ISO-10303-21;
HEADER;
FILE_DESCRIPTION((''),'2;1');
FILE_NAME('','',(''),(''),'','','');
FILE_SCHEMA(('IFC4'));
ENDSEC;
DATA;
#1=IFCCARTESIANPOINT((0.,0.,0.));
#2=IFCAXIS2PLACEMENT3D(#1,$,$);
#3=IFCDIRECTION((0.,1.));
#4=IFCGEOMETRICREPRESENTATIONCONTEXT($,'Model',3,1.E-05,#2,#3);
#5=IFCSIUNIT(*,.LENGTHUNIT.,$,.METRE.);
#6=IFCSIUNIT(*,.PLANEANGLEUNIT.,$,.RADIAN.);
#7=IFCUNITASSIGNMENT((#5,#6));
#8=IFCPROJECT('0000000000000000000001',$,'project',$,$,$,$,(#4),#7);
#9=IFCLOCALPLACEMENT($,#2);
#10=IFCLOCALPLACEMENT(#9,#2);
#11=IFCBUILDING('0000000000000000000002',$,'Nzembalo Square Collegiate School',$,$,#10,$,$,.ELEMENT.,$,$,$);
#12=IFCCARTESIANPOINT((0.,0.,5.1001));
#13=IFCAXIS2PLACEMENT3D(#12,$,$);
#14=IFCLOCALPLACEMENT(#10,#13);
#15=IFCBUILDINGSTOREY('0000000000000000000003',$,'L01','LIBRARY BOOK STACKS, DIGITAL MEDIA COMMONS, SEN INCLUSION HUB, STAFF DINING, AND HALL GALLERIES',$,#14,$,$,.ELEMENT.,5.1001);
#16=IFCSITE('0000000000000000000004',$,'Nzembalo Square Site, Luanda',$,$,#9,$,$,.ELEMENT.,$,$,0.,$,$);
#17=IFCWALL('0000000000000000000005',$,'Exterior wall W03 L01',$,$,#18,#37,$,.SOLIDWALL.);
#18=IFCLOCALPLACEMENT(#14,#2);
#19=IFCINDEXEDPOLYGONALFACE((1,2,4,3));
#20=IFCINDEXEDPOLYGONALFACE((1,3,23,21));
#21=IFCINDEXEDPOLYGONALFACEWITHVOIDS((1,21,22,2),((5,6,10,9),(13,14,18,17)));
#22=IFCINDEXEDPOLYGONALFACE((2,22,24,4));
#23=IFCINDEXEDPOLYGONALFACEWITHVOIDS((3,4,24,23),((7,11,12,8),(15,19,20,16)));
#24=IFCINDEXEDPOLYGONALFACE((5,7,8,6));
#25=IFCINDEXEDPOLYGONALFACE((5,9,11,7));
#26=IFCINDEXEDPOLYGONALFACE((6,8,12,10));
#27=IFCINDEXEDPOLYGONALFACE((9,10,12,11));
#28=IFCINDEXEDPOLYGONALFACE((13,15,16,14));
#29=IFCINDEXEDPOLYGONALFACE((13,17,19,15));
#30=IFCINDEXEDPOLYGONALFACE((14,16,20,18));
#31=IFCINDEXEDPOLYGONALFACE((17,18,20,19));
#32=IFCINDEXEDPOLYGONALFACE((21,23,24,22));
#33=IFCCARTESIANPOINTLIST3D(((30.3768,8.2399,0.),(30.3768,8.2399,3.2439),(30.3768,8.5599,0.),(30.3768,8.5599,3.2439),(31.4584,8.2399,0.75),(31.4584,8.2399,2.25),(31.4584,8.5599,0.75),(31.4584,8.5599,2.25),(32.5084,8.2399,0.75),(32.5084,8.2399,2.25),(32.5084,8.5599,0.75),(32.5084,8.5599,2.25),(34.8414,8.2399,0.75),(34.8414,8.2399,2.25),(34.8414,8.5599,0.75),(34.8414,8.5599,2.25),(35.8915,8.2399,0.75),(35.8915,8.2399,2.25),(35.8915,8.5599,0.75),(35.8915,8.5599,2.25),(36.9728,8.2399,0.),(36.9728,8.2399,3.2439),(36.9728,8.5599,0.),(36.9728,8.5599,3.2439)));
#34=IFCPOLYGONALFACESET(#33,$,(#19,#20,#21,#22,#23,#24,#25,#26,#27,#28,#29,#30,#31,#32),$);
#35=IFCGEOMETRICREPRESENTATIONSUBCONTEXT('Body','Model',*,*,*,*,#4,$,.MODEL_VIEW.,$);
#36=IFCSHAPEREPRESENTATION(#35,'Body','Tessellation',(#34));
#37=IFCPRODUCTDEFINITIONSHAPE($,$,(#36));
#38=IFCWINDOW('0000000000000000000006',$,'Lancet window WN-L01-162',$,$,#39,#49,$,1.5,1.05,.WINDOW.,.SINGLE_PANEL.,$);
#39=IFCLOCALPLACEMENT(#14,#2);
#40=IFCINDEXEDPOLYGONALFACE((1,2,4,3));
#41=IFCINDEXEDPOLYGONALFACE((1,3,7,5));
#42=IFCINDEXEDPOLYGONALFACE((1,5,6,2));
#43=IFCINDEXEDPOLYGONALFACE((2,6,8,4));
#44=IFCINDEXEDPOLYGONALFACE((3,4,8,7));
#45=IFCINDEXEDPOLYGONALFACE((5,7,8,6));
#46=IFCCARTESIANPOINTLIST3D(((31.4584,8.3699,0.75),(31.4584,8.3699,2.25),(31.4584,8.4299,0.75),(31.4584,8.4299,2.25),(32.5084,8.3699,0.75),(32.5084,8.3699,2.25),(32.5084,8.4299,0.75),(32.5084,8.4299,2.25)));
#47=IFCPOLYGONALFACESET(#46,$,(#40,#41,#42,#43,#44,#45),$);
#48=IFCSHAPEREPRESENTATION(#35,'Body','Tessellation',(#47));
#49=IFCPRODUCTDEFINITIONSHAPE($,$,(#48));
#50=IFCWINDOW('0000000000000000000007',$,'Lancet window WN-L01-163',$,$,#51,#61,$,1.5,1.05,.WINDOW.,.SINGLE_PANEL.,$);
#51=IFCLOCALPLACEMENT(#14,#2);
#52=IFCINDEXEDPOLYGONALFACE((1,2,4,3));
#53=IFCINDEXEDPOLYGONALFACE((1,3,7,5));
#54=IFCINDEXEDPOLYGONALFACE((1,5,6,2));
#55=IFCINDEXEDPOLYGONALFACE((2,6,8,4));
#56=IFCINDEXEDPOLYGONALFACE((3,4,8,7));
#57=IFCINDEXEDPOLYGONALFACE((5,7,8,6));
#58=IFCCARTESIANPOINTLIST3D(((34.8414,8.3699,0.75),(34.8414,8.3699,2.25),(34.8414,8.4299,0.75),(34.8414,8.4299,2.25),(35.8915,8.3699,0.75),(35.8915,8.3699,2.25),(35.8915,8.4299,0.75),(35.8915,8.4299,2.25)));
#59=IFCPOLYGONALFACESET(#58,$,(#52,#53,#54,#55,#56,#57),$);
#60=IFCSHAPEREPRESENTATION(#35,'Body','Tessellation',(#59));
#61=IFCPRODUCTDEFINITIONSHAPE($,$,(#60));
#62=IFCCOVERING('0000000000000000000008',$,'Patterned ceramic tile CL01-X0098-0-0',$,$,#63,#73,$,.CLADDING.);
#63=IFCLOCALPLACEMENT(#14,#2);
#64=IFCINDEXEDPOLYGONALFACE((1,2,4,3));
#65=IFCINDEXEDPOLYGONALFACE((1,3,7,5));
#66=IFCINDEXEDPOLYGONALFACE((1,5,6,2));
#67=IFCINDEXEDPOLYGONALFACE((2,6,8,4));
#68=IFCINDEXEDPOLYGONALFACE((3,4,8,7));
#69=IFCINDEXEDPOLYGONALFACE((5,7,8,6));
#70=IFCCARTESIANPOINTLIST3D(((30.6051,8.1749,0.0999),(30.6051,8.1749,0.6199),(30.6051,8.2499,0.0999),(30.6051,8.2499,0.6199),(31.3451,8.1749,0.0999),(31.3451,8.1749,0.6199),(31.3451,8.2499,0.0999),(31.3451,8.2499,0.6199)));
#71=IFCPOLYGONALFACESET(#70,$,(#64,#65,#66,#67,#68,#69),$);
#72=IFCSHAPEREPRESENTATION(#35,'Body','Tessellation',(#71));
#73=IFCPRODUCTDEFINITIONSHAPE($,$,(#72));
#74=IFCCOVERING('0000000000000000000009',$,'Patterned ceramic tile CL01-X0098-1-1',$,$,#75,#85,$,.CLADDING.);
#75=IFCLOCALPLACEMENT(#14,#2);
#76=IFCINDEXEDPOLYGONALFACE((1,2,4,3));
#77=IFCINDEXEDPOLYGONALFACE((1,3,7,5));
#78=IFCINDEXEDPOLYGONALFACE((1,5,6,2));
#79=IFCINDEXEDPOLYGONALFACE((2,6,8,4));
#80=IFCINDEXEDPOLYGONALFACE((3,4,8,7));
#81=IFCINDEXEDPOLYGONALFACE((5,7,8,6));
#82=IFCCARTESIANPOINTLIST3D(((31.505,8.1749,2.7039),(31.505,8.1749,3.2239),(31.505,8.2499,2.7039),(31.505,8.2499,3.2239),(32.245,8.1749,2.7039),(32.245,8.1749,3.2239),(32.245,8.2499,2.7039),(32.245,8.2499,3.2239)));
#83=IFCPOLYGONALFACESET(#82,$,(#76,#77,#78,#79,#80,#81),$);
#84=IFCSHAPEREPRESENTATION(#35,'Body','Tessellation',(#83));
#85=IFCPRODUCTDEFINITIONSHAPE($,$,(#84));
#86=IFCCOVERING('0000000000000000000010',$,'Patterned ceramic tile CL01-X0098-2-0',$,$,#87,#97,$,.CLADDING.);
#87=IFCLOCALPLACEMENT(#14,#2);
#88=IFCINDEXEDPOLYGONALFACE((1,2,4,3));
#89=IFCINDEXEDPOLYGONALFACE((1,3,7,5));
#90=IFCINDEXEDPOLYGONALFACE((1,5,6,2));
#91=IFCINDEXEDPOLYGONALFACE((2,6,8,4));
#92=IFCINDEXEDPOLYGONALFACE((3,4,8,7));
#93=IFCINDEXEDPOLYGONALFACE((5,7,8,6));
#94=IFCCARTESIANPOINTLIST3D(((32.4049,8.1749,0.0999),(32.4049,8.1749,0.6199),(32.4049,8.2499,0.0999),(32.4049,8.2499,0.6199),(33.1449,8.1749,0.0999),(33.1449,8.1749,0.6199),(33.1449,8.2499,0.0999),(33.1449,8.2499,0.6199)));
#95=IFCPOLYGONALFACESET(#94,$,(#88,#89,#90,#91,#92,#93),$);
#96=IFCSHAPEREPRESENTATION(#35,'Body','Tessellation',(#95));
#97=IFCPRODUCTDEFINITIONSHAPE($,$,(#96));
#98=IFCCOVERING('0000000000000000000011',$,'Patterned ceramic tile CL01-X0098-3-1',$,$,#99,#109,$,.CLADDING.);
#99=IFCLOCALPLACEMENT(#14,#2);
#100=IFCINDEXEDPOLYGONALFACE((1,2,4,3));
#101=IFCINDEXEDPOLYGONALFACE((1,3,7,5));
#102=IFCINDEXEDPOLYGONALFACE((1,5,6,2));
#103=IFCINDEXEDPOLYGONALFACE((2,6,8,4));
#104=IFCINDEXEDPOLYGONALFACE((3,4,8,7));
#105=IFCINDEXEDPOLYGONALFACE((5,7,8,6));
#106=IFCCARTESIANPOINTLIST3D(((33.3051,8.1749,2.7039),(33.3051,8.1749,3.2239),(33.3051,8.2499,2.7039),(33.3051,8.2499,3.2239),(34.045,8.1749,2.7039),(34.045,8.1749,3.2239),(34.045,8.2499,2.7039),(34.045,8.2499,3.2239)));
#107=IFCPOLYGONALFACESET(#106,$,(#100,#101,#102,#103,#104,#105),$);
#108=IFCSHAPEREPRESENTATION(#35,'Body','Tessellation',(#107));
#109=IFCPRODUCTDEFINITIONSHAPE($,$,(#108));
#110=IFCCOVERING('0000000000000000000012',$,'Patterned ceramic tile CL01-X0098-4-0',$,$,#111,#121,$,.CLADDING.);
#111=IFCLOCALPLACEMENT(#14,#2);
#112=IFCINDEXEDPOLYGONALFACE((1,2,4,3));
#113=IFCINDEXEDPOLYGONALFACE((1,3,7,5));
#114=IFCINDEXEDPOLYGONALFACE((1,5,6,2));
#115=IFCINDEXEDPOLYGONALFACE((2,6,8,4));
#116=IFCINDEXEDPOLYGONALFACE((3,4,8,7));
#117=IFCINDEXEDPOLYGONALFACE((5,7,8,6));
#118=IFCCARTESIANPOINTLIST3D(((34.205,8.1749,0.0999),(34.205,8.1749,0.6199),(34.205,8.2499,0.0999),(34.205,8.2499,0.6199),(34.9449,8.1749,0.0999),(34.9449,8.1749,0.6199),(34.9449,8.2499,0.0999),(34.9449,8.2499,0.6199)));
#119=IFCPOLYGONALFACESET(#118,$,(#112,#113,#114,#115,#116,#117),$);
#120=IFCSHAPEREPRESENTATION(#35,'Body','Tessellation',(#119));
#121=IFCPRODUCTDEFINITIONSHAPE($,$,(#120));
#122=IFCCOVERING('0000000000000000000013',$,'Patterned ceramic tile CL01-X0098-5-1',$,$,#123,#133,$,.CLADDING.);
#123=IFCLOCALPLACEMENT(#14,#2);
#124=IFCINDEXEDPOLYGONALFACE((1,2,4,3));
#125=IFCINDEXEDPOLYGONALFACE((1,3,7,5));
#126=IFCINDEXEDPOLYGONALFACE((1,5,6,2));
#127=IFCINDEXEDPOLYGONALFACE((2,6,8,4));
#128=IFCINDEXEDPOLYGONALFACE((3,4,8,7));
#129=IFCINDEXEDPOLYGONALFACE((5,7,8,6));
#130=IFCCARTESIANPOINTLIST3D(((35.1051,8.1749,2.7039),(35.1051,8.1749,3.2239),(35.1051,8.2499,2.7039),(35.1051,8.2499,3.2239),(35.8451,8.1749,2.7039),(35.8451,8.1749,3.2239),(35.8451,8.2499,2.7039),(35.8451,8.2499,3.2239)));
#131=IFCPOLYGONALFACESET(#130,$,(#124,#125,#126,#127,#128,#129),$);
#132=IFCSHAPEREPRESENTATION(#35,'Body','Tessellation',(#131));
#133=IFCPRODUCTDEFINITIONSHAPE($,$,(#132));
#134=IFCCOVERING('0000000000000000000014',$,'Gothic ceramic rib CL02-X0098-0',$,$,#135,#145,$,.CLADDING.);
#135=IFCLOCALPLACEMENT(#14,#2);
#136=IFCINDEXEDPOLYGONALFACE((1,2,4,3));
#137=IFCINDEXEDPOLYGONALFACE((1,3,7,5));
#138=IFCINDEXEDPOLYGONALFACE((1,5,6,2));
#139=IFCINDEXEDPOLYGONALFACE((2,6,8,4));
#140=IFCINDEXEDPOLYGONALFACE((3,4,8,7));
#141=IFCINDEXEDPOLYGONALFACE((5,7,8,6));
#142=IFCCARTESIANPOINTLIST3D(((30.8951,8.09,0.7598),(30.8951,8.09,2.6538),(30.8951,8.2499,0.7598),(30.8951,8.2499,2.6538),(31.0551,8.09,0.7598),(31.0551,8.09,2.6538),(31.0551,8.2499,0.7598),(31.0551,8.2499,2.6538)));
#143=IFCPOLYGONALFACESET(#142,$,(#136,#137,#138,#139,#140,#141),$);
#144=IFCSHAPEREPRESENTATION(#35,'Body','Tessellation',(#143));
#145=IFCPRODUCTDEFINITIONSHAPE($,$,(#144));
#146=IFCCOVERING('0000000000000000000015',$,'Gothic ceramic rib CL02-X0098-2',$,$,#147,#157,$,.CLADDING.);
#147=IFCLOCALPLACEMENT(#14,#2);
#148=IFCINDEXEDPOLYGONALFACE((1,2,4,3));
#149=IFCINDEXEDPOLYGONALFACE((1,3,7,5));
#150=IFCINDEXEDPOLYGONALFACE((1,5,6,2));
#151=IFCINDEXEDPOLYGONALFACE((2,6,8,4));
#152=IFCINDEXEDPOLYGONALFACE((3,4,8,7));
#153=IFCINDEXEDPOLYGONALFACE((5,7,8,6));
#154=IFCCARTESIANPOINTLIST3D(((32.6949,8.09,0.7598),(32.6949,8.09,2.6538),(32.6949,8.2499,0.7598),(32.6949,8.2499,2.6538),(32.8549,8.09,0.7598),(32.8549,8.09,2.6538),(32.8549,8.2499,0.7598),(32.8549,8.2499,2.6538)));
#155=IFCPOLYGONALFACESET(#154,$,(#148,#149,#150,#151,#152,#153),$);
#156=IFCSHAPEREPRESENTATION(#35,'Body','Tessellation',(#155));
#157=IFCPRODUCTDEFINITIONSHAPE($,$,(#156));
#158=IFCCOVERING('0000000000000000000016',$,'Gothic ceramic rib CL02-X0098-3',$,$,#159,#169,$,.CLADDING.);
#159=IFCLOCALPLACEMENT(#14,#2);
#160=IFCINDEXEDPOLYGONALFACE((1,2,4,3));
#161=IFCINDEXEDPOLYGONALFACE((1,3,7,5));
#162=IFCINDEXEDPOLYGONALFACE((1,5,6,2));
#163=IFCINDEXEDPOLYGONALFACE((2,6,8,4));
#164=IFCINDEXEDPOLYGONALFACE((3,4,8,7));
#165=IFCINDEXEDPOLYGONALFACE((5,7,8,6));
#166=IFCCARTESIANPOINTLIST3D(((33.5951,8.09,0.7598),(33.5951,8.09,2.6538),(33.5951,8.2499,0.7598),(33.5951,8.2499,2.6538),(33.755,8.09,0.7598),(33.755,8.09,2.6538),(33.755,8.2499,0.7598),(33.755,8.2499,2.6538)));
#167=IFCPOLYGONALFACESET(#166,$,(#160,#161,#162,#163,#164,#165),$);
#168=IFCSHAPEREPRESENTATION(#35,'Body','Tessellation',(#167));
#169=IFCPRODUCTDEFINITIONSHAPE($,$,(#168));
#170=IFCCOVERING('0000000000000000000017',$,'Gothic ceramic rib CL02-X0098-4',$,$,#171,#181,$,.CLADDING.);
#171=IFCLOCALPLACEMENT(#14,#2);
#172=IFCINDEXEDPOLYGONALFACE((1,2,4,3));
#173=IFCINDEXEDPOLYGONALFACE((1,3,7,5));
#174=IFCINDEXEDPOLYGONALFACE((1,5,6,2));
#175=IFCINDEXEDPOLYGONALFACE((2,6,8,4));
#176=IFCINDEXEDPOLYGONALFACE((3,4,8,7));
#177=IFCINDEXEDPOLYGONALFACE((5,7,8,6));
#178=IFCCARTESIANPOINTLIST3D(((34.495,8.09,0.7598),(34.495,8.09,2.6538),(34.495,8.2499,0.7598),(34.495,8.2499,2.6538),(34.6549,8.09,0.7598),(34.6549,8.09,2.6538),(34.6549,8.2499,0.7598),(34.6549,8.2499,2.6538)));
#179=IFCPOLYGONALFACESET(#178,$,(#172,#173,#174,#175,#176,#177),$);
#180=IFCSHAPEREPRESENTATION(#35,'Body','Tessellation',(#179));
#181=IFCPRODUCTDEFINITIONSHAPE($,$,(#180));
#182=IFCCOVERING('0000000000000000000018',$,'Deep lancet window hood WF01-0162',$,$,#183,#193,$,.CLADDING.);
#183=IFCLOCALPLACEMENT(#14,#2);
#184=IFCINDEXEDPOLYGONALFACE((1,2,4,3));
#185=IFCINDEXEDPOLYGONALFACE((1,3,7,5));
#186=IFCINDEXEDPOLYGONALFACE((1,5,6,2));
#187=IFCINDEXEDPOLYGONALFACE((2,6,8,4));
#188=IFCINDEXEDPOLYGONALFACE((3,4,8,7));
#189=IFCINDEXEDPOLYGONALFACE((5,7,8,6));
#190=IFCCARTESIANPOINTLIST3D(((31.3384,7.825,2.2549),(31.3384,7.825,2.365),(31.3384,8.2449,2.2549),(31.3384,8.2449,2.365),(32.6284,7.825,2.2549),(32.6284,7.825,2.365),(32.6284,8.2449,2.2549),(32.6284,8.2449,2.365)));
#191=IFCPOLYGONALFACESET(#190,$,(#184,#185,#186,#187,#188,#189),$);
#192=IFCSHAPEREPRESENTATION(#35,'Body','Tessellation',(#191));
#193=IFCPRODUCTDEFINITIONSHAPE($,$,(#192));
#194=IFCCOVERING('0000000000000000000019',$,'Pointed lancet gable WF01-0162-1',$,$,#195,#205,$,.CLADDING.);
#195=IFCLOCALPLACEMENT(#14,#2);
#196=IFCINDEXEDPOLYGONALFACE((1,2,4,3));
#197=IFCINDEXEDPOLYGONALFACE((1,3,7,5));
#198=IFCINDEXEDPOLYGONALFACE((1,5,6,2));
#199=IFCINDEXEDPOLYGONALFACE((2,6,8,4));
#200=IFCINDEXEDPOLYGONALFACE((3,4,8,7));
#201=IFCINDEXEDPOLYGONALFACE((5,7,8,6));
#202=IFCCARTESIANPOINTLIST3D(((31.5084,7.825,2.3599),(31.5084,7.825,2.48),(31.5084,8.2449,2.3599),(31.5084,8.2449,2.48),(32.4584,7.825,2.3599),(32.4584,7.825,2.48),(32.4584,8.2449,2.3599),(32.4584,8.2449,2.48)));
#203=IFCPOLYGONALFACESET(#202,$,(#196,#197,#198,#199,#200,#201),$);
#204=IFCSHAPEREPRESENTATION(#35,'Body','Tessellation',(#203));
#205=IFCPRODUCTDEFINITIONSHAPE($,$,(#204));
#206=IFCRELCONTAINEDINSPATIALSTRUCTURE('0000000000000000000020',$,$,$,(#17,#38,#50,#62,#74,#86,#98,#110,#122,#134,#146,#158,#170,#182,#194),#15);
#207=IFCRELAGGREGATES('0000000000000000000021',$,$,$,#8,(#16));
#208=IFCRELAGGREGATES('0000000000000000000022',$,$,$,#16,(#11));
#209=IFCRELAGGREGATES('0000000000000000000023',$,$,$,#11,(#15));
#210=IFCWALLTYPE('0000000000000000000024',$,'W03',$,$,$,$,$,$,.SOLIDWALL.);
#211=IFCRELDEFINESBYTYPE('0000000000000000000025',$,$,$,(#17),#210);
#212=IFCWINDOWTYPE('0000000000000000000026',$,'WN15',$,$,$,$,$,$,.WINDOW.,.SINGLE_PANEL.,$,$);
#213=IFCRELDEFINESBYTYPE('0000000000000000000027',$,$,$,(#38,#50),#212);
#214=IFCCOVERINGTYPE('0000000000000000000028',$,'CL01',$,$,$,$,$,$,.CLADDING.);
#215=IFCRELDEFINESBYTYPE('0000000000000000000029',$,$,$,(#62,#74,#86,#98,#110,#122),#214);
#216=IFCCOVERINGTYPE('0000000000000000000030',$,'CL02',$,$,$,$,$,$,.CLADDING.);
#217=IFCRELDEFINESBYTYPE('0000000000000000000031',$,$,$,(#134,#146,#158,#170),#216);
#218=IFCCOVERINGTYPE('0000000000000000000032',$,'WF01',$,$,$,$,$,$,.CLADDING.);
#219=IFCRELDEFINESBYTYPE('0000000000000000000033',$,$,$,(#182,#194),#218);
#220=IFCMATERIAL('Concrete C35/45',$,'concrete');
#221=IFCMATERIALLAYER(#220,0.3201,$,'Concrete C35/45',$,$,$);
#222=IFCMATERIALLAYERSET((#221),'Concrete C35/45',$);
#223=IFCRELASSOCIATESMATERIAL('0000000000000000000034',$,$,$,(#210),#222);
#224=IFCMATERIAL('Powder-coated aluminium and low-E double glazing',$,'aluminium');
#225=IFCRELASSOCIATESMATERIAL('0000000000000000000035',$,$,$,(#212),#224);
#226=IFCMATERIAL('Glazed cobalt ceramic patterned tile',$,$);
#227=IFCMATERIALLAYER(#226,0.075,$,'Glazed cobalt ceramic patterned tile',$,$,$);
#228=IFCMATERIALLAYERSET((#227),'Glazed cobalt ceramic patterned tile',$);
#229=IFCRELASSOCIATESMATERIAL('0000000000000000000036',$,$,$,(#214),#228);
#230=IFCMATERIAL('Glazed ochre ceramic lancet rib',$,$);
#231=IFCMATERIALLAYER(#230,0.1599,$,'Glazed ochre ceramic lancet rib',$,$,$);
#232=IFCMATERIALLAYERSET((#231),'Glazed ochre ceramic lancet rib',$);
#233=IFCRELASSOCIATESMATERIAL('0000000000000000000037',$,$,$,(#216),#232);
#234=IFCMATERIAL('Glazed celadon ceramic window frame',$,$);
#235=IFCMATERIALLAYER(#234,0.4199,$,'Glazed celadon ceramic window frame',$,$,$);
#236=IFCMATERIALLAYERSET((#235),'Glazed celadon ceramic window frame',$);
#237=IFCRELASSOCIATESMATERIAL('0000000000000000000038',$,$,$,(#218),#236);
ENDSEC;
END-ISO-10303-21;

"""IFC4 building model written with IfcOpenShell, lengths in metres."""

from ifc_helpers import new_model, si_unit, direction, frame, frame_2d, origin, origin_2d, place, context, subcontext, project, spatial, rectangle, extrude, material, layer, layer_set, type_object, element, fill, save


model = new_model("IFC4")

# Units and contexts
model_context = context("Model", 3, precision=1e-05, world=origin(), true_north=direction((0.0, 1.0)))
body_context = subcontext(model_context, "Body", "Model", "MODEL_VIEW")
ifc_project = project(units=[si_unit("LENGTHUNIT", "METRE"), si_unit("PLANEANGLEUNIT", "RADIAN")], contexts=[model_context])

# Site, building, storey
site_placement = place(None, origin())
site = spatial("IfcSite", under=ifc_project, at=site_placement, Name="Nzembalo Square Site, Luanda", CompositionType="ELEMENT", RefElevation=0.0)
building_placement = place(site_placement, origin())
building = spatial("IfcBuilding", under=site, at=building_placement, Name="Nzembalo Square Collegiate School", CompositionType="ELEMENT")
storey_placement = place(building_placement, frame((0.0, 0.0, 5.1001)))
storey = spatial("IfcBuildingStorey", under=building, at=storey_placement, Name="L01", Description="LIBRARY BOOK STACKS, DIGITAL MEDIA COMMONS, SEN INCLUSION HUB, STAFF DINING, AND HALL GALLERIES", CompositionType="ELEMENT", Elevation=5.1001)

# Wall, openings, windows
ifc_material_1 = material(Name="Concrete C35/45", Category="concrete")
ifc_layer_1 = layer(ifc_material_1, 0.3201, Name="Concrete C35/45")
ifc_layer_set_1 = layer_set([ifc_layer_1], Name="Concrete C35/45")
wall_type = type_object("IfcWallType", Name="W03", PredefinedType="SOLIDWALL", material=ifc_layer_set_1)
wall_placement = place(storey_placement, frame((30.377, 8.3999, 0.0), z_axis=(0.0, 0.0, 1.0), x_axis=(1.0, 0.0, 0.0)))
wall = element("IfcWall", 1, at=wall_placement, inside=storey, type_object=wall_type, Name="Exterior wall W03 L01", PredefinedType="SOLIDWALL", context=body_context, shape_type="SweptSolid", body=[
    extrude(rectangle(XDim=6.5959, YDim=0.3201, at=frame_2d((3.2979, 0.0))), origin(), (0.0, 0.0, 1.0), 3.2439),
])
opening_1_placement = place(wall_placement, frame((1.0815, 0.0, 0.75)))
opening_1 = element("IfcOpeningElement", 2, at=opening_1_placement, cuts=wall, PredefinedType="OPENING", context=body_context, shape_type="SweptSolid", body=[
    extrude(rectangle(XDim=1.05, YDim=1.5, at=frame_2d((0.5249, 0.75))), frame((0.0, 0.1699, 0.0), z_axis=(0.0, -1.0, 0.0), x_axis=(1.0, 0.0, 0.0)), (0.0, 0.0, 1.0), 0.3401),
])
opening_2_placement = place(wall_placement, frame((4.4646, 0.0, 0.75)))
opening_2 = element("IfcOpeningElement", 3, at=opening_2_placement, cuts=wall, PredefinedType="OPENING", context=body_context, shape_type="SweptSolid", body=[
    extrude(rectangle(XDim=1.05, YDim=1.5, at=frame_2d((0.5249, 0.75))), frame((0.0, 0.1699, 0.0), z_axis=(0.0, -1.0, 0.0), x_axis=(1.0, 0.0, 0.0)), (0.0, 0.0, 1.0), 0.3401),
])
ifc_material_2 = material(Name="Powder-coated aluminium and low-E double glazing", Category="aluminium")
window_type = type_object("IfcWindowType", Name="WN15", PartitioningType="SINGLE_PANEL", PredefinedType="WINDOW", material=ifc_material_2)
window_1_placement = place(opening_1_placement, origin())
window_1 = element("IfcWindow", 4, at=window_1_placement, inside=storey, type_object=window_type, Name="Lancet window WN-L01-162", OverallHeight=1.5, OverallWidth=1.05, PartitioningType="SINGLE_PANEL", PredefinedType="WINDOW", context=body_context, shape_type="SweptSolid", body=[
    extrude(rectangle(XDim=1.05, YDim=1.5, at=frame_2d((0.5249, 0.75))), frame((0.0, 0.03, 0.0), z_axis=(0.0, -1.0, 0.0), x_axis=(1.0, 0.0, 0.0)), (0.0, 0.0, 1.0), 0.0601),
])
fill(opening_1, window_1)
window_2_placement = place(opening_2_placement, origin())
window_2 = element("IfcWindow", 5, at=window_2_placement, inside=storey, type_object=window_type, Name="Lancet window WN-L01-163", OverallHeight=1.5, OverallWidth=1.05, PartitioningType="SINGLE_PANEL", PredefinedType="WINDOW", context=body_context, shape_type="SweptSolid", body=[
    extrude(rectangle(XDim=1.05, YDim=1.5, at=frame_2d((0.5249, 0.75))), frame((0.0, 0.03, 0.0), z_axis=(0.0, -1.0, 0.0), x_axis=(1.0, 0.0, 0.0)), (0.0, 0.0, 1.0), 0.0601),
])
fill(opening_2, window_2)

# Coverings
ifc_material_3 = material(Name="Glazed cobalt ceramic patterned tile")
ifc_layer_2 = layer(ifc_material_3, 0.075, Name="Glazed cobalt ceramic patterned tile")
ifc_layer_set_2 = layer_set([ifc_layer_2], Name="Glazed cobalt ceramic patterned tile")
covering_type_1 = type_object("IfcCoveringType", Name="CL01", PredefinedType="CLADDING", material=ifc_layer_set_2)
for number, where, z_axis, x_axis, name in (
    (6, (30.9751, 8.2124, 0.0999), (0.0, 0.0, 1.0), (1.0, 0.0, 0.0), "Patterned ceramic tile CL01-X0098-0-0"),
    (7, (31.875, 8.2124, 2.7039), (0.0, 0.0, 1.0), (1.0, 0.0, 0.0), "Patterned ceramic tile CL01-X0098-1-1"),
    (8, (32.7749, 8.2124, 0.0999), (0.0, 0.0, 1.0), (1.0, 0.0, 0.0), "Patterned ceramic tile CL01-X0098-2-0"),
    (9, (33.675, 8.2124, 2.7039), (0.0, 0.0, 1.0), (1.0, 0.0, 0.0), "Patterned ceramic tile CL01-X0098-3-1"),
    (10, (34.575, 8.2124, 0.0999), (0.0, 0.0, 1.0), (1.0, 0.0, 0.0), "Patterned ceramic tile CL01-X0098-4-0"),
    (11, (35.4751, 8.2124, 2.7039), (0.0, 0.0, 1.0), (1.0, 0.0, 0.0), "Patterned ceramic tile CL01-X0098-5-1"),
):
    element("IfcCovering", number, at=place(storey_placement, frame(where, z_axis=z_axis, x_axis=x_axis)), inside=storey, type_object=covering_type_1, Name=name, PredefinedType="CLADDING", context=body_context, shape_type="SweptSolid", body=[
        extrude(rectangle(XDim=0.74, YDim=0.075, at=origin_2d()), origin(), (0.0, 0.0, 1.0), 0.52),
    ])
ifc_material_4 = material(Name="Glazed ochre ceramic lancet rib")
ifc_layer_3 = layer(ifc_material_4, 0.1599, Name="Glazed ochre ceramic lancet rib")
ifc_layer_set_3 = layer_set([ifc_layer_3], Name="Glazed ochre ceramic lancet rib")
covering_type_2 = type_object("IfcCoveringType", Name="CL02", PredefinedType="CLADDING", material=ifc_layer_set_3)
for number, where, z_axis, x_axis, name in (
    (12, (30.9751, 8.1699, 0.7598), (0.0, 0.0, 1.0), (1.0, 0.0, 0.0), "Gothic ceramic rib CL02-X0098-0"),
    (13, (32.7749, 8.1699, 0.7598), (0.0, 0.0, 1.0), (1.0, 0.0, 0.0), "Gothic ceramic rib CL02-X0098-2"),
    (14, (33.675, 8.1699, 0.7598), (0.0, 0.0, 1.0), (1.0, 0.0, 0.0), "Gothic ceramic rib CL02-X0098-3"),
    (15, (34.575, 8.1699, 0.7598), (0.0, 0.0, 1.0), (1.0, 0.0, 0.0), "Gothic ceramic rib CL02-X0098-4"),
):
    element("IfcCovering", number, at=place(storey_placement, frame(where, z_axis=z_axis, x_axis=x_axis)), inside=storey, type_object=covering_type_2, Name=name, PredefinedType="CLADDING", context=body_context, shape_type="SweptSolid", body=[
        extrude(rectangle(XDim=0.1599, YDim=0.1599, at=origin_2d()), origin(), (0.0, 0.0, 1.0), 1.894),
    ])
ifc_material_5 = material(Name="Glazed celadon ceramic window frame")
ifc_layer_4 = layer(ifc_material_5, 0.4199, Name="Glazed celadon ceramic window frame")
ifc_layer_set_4 = layer_set([ifc_layer_4], Name="Glazed celadon ceramic window frame")
covering_type_3 = type_object("IfcCoveringType", Name="WF01", PredefinedType="CLADDING", material=ifc_layer_set_4)
covering_1_placement = place(storey_placement, frame((31.9834, 8.0349, 2.2549), z_axis=(0.0, 0.0, 1.0), x_axis=(1.0, 0.0, 0.0)))
element("IfcCovering", 16, at=covering_1_placement, inside=storey, type_object=covering_type_3, Name="Deep lancet window hood WF01-0162", PredefinedType="CLADDING", context=body_context, shape_type="SweptSolid", body=[
    extrude(rectangle(XDim=1.29, YDim=0.4199, at=origin_2d()), origin(), (0.0, 0.0, 1.0), 0.1101),
])
covering_2_placement = place(storey_placement, frame((31.9834, 8.0349, 2.3599), z_axis=(0.0, 0.0, 1.0), x_axis=(1.0, 0.0, 0.0)))
element("IfcCovering", 17, at=covering_2_placement, inside=storey, type_object=covering_type_3, Name="Pointed lancet gable WF01-0162-1", PredefinedType="CLADDING", context=body_context, shape_type="SweptSolid", body=[
    extrude(rectangle(XDim=0.95, YDim=0.4199, at=origin_2d()), origin(), (0.0, 0.0, 1.0), 0.1201),
])

save(model, "model.ifc")
